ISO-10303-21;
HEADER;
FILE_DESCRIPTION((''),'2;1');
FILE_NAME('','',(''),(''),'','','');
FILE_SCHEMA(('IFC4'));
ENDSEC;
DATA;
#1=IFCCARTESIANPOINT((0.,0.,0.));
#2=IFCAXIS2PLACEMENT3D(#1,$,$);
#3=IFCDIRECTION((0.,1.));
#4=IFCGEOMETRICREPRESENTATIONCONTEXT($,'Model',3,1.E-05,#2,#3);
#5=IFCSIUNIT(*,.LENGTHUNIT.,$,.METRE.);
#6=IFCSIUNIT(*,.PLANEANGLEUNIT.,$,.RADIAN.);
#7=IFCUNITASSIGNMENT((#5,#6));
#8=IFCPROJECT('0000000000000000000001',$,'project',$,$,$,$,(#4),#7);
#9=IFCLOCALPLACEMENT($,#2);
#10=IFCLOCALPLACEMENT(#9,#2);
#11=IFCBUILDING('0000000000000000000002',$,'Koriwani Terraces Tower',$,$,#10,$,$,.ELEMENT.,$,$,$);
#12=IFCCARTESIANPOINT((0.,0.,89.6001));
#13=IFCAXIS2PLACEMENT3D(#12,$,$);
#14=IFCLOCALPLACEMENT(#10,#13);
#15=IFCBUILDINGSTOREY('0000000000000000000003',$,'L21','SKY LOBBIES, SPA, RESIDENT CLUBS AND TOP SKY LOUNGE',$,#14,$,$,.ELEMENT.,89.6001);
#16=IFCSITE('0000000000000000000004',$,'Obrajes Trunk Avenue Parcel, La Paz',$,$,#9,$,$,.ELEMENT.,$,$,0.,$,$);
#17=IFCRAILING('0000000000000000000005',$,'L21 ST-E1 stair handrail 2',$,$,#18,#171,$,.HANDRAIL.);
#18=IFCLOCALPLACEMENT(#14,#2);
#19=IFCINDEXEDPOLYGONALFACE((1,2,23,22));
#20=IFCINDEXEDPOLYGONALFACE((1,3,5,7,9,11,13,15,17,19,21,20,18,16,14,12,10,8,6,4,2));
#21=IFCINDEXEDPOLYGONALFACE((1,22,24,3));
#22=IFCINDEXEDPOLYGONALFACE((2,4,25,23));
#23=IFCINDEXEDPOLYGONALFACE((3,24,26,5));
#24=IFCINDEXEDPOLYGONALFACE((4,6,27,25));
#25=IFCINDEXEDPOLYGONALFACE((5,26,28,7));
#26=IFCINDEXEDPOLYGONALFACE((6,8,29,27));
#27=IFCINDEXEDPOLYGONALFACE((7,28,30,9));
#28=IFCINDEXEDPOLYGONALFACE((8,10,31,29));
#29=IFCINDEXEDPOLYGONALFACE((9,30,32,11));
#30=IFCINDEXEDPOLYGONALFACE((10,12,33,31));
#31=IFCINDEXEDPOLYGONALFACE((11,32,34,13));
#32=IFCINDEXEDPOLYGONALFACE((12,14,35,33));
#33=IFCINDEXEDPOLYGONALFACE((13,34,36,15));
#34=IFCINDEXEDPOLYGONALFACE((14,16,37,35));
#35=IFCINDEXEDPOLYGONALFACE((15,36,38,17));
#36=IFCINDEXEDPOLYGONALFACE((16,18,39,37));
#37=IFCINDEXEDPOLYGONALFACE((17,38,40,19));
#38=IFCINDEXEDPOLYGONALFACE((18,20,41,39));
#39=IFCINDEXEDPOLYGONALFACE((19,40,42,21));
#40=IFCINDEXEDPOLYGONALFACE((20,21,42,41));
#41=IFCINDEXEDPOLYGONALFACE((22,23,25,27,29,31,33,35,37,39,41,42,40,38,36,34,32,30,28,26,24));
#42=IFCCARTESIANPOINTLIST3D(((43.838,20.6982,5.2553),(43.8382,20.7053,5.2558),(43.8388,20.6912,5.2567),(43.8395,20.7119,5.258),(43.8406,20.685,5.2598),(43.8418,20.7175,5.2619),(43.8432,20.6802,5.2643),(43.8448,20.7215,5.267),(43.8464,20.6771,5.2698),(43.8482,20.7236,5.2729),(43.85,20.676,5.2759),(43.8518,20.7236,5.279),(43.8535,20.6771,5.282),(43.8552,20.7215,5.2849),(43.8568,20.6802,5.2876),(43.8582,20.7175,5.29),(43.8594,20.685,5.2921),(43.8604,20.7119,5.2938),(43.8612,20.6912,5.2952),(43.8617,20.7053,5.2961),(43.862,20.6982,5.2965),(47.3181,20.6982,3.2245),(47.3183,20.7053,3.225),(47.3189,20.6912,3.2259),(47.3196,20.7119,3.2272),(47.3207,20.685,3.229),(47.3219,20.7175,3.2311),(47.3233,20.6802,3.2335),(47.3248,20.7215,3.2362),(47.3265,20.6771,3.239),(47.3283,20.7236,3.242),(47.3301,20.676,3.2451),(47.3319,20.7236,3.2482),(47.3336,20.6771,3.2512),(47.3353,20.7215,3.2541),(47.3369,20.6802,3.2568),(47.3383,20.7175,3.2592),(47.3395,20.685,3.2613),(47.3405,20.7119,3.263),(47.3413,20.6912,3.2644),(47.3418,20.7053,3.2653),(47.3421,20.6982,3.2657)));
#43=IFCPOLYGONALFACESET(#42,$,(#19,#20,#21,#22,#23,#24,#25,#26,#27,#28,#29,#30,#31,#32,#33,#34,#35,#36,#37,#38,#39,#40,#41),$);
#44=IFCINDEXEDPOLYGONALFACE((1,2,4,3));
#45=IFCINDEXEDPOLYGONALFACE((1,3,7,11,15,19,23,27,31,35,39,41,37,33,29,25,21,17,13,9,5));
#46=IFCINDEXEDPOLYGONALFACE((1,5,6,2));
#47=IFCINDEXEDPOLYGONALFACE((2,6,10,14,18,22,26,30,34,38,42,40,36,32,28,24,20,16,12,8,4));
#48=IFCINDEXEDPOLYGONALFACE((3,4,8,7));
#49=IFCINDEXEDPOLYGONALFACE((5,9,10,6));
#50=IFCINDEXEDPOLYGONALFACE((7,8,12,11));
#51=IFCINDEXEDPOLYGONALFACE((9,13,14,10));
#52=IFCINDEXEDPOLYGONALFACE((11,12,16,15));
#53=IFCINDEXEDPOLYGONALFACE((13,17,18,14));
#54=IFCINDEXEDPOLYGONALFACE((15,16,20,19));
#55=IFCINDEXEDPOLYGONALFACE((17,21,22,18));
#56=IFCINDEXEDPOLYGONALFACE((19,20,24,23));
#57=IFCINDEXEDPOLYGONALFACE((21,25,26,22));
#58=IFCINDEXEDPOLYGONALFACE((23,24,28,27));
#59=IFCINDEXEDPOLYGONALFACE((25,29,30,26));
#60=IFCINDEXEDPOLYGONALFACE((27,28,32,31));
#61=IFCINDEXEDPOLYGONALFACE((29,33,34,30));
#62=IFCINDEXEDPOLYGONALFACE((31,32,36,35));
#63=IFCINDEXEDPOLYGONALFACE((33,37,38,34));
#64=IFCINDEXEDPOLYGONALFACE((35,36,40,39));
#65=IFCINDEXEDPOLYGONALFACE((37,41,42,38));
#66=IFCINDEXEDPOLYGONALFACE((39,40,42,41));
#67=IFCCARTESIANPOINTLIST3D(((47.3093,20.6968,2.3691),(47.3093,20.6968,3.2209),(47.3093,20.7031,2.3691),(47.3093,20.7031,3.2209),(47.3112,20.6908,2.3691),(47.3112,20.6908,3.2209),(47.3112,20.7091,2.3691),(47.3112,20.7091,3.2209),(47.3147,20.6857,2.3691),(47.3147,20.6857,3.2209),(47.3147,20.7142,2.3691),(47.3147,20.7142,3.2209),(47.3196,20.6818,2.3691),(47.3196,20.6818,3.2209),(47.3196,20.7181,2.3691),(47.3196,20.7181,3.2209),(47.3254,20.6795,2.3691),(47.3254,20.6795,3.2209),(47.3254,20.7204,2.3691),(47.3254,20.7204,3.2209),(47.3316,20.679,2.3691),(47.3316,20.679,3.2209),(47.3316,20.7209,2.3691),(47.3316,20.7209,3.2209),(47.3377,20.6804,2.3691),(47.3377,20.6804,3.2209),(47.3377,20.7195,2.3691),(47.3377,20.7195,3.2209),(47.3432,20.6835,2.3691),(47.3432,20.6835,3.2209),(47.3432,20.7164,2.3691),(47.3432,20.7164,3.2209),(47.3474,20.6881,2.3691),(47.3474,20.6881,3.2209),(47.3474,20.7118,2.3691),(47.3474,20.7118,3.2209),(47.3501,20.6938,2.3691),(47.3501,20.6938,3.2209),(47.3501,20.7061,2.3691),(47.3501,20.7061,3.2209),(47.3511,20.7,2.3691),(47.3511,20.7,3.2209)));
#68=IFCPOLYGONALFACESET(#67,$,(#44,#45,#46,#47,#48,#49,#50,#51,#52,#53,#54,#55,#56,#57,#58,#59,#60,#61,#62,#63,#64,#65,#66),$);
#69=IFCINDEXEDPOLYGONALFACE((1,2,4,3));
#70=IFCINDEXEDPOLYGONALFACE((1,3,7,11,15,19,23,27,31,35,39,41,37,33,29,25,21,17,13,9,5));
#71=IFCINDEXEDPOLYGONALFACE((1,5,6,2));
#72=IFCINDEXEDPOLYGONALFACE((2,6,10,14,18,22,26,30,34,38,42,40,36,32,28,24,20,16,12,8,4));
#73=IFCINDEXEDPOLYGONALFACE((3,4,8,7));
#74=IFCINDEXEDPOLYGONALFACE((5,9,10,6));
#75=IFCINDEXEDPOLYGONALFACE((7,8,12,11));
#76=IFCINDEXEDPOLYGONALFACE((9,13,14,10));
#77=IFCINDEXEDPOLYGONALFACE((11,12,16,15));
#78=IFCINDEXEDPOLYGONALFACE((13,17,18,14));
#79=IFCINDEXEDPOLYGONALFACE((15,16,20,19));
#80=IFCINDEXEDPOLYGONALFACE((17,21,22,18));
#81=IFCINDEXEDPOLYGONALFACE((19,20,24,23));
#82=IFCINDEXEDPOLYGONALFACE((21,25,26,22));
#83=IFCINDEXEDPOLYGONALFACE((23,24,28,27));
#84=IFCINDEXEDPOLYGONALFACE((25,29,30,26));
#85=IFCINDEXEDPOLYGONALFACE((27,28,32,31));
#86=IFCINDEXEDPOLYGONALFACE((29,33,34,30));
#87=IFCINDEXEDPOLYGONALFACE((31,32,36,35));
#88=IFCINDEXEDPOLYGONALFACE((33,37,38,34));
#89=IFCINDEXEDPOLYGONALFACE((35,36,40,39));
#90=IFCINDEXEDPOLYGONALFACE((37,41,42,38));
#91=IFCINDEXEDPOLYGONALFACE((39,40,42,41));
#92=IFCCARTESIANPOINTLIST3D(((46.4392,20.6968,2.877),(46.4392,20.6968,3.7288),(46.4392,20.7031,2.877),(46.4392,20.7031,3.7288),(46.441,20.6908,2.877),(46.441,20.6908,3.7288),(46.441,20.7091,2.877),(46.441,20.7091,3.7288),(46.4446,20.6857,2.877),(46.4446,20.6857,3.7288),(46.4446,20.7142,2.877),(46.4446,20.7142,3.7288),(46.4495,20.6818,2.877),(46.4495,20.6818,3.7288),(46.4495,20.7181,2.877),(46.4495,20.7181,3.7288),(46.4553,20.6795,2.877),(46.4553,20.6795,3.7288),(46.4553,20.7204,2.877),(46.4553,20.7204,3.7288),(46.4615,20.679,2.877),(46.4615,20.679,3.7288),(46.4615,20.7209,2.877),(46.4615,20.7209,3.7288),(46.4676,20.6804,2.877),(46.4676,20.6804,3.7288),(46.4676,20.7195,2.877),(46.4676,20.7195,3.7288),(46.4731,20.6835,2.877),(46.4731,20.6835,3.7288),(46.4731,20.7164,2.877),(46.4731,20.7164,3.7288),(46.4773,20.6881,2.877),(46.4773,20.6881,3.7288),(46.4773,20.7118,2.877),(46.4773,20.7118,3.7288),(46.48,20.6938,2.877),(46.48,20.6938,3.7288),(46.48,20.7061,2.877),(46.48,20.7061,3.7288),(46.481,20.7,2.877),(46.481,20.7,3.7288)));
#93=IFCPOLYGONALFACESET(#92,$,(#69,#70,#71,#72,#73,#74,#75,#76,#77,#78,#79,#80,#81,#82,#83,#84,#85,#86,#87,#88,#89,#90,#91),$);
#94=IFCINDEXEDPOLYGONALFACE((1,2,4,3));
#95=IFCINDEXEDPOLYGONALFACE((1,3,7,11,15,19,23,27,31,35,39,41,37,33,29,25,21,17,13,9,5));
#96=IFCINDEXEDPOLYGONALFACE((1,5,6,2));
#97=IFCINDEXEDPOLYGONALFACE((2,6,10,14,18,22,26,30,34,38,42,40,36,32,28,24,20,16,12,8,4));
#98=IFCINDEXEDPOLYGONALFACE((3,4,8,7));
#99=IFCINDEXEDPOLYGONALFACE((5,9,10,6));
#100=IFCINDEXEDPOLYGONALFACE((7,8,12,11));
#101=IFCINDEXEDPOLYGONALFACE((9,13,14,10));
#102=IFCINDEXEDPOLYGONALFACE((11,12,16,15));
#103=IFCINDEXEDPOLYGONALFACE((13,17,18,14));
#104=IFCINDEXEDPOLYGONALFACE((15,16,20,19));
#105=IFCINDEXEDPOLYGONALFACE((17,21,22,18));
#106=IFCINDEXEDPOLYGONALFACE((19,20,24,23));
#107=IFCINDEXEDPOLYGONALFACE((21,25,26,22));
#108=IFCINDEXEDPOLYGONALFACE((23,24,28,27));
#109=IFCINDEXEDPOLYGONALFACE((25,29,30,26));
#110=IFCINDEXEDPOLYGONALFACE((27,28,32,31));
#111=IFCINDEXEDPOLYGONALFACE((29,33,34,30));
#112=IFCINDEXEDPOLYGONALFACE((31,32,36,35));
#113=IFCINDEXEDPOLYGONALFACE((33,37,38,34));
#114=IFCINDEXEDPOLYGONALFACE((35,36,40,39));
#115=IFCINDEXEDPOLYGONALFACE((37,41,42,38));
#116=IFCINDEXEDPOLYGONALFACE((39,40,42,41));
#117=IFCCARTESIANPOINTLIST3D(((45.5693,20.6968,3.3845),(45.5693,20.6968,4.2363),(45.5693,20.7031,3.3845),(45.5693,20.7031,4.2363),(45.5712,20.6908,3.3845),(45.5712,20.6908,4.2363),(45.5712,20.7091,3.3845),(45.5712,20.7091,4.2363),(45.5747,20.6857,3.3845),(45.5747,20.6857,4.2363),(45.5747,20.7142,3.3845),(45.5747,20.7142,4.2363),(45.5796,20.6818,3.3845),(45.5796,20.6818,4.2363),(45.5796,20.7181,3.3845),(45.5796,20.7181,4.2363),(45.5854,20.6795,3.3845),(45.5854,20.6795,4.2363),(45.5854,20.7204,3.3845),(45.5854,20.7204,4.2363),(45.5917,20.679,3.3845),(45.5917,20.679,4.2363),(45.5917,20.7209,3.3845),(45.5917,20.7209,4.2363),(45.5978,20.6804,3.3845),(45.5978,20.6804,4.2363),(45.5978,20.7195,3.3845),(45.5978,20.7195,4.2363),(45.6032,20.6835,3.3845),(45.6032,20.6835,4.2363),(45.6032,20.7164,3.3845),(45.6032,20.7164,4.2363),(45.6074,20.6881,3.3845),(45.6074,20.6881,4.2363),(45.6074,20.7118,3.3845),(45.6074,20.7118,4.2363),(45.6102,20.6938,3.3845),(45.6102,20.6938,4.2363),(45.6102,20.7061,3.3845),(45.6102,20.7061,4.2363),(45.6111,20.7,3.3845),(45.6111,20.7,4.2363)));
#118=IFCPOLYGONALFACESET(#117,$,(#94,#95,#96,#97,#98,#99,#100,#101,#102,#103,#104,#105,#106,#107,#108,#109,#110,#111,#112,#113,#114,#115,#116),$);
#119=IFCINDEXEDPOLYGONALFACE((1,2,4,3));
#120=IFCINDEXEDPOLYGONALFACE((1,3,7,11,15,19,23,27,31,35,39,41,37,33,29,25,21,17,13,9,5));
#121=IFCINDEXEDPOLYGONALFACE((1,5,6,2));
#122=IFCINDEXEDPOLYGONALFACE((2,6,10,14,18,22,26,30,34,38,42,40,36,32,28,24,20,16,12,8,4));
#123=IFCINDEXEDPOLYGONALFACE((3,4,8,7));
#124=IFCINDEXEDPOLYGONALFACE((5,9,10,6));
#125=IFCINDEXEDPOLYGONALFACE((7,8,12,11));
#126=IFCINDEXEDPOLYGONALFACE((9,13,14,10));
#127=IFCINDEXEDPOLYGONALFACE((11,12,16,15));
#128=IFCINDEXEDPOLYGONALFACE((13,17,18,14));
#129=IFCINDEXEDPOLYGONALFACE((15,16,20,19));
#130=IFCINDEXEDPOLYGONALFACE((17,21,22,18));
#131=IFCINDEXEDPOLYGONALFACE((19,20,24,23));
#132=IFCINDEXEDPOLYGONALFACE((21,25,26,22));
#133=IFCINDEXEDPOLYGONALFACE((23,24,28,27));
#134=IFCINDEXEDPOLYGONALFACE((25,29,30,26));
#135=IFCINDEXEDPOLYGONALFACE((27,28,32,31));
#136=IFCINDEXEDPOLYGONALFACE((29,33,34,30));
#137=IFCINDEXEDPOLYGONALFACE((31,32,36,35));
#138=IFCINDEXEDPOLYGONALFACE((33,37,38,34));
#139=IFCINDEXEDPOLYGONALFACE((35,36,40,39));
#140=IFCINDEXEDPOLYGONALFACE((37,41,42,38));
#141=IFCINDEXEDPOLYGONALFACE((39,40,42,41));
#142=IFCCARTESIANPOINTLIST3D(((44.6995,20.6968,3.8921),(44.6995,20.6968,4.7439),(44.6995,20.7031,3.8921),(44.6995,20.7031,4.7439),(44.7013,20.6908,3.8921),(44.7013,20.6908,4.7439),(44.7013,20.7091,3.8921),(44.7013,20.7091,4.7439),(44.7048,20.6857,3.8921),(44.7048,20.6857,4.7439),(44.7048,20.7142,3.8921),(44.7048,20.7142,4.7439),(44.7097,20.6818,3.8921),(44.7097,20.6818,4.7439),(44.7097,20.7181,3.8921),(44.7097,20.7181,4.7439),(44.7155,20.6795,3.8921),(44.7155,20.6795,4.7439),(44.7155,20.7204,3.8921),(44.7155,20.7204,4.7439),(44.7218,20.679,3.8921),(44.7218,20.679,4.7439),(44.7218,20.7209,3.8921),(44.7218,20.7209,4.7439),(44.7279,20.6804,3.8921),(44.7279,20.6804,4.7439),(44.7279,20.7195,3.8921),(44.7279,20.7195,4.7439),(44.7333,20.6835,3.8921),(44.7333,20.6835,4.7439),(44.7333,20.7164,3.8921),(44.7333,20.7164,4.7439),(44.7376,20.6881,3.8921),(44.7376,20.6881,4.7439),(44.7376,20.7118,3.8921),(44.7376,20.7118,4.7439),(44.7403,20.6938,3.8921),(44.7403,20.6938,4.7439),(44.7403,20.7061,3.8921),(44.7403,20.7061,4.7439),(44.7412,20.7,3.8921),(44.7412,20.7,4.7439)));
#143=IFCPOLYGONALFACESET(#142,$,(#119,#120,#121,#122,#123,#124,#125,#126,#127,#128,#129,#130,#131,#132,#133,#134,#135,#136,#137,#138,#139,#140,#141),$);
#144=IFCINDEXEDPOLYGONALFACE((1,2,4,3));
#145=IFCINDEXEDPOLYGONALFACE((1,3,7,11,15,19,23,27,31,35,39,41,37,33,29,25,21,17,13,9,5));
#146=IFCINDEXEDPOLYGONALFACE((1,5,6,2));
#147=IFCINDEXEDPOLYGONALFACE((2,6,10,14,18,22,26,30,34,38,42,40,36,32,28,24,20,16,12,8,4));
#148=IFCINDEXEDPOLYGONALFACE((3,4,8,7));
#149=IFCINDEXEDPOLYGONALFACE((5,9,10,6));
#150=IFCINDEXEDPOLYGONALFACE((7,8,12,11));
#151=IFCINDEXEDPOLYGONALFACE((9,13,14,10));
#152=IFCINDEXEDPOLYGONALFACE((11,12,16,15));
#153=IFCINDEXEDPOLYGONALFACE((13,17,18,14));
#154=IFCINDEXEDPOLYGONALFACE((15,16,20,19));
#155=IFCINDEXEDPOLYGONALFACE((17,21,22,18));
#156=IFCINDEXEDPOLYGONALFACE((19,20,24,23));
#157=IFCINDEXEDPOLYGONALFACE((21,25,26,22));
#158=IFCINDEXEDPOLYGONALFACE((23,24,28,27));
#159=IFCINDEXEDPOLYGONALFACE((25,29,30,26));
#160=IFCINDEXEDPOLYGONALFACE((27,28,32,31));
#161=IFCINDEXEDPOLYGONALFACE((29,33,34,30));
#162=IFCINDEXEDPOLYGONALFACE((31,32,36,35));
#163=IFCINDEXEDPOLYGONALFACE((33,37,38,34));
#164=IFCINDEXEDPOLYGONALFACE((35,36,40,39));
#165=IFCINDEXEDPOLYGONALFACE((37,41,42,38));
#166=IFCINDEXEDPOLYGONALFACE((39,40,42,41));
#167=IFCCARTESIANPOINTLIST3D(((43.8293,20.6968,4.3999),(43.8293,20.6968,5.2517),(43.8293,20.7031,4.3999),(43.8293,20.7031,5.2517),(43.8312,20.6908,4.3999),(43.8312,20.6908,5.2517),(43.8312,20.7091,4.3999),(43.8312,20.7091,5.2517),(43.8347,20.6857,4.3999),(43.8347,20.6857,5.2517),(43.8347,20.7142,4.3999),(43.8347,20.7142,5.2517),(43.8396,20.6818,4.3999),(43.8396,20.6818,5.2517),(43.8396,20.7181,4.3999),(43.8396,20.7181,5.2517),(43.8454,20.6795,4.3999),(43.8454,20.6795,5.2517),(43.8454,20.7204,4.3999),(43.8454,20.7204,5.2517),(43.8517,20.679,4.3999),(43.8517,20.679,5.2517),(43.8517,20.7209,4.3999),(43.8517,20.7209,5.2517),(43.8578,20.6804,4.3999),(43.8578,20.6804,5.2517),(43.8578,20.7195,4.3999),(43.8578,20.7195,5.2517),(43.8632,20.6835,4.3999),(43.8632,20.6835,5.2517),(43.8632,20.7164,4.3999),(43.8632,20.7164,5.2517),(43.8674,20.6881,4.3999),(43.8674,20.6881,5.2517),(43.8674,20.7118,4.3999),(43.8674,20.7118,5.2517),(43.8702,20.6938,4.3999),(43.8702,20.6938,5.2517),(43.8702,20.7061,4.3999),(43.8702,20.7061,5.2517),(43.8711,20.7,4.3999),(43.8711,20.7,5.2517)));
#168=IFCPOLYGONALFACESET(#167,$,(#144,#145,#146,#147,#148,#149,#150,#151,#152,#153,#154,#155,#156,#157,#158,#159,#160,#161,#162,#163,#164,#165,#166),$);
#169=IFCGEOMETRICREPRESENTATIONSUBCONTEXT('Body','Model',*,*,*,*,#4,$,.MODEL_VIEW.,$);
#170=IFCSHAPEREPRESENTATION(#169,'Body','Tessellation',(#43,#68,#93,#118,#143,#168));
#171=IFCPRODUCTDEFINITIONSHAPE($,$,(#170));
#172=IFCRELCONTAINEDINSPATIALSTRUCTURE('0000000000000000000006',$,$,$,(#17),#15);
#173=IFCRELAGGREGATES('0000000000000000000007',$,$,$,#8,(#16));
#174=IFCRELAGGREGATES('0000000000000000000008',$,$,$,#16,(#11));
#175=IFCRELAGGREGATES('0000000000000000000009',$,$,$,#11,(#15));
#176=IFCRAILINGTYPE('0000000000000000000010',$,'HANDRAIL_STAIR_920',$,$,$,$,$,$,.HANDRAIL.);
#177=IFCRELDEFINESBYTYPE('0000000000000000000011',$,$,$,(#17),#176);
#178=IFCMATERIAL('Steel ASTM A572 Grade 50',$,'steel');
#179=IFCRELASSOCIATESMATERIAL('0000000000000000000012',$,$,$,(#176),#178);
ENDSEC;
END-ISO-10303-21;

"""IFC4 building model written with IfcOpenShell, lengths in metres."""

from ifc_helpers import new_model, si_unit, direction, frame, origin, origin_2d, place, context, subcontext, project, spatial, circle, extrude, material, type_object, element, save


model = new_model("IFC4")

# Units and contexts
model_context = context("Model", 3, precision=1e-05, world=origin(), true_north=direction((0.0, 1.0)))
body_context = subcontext(model_context, "Body", "Model", "MODEL_VIEW")
ifc_project = project(units=[si_unit("LENGTHUNIT", "METRE"), si_unit("PLANEANGLEUNIT", "RADIAN")], contexts=[model_context])

# Site, building, storey
site_placement = place(None, origin())
site = spatial("IfcSite", under=ifc_project, at=site_placement, Name="Obrajes Trunk Avenue Parcel, La Paz", CompositionType="ELEMENT", RefElevation=0.0)
building_placement = place(site_placement, origin())
building = spatial("IfcBuilding", under=site, at=building_placement, Name="Koriwani Terraces Tower", CompositionType="ELEMENT")
storey_placement = place(building_placement, frame((0.0, 0.0, 89.6001)))
storey = spatial("IfcBuildingStorey", under=building, at=storey_placement, Name="L21", Description="SKY LOBBIES, SPA, RESIDENT CLUBS AND TOP SKY LOUNGE", CompositionType="ELEMENT", Elevation=89.6001)

# Shared definitions
ifc_material_1 = material(Name="Steel ASTM A572 Grade 50", Category="steel")

# Railing
railing_type_1 = type_object("IfcRailingType", Name="HANDRAIL_STAIR_920", PredefinedType="HANDRAIL", material=ifc_material_1)
railing_1_placement = place(storey_placement, frame((47.3301, 20.7, 2.3691)))
element("IfcRailing", 1, at=railing_1_placement, inside=storey, type_object=railing_type_1, Name="L21 ST-E1 stair handrail 2", PredefinedType="HANDRAIL", context=body_context, shape_type="SweptSolid", body=[
    extrude(circle(Radius=0.0239, at=origin_2d()), frame((0.0, 0.0, 0.876), z_axis=(-0.863695, 0.0, 0.504014), x_axis=(0.0, -1.0, 0.0)), (0.0, 0.0, 1.0), 4.0293),
    extrude(circle(Radius=0.021, at=origin_2d()), origin(), (0.0, 0.0, 1.0), 0.8518),
    extrude(circle(Radius=0.021, at=origin_2d()), frame((-0.8701, 0.0, 0.5078)), (0.0, 0.0, 1.0), 0.8518),
    extrude(circle(Radius=0.021, at=origin_2d()), frame((-1.74, 0.0, 1.0154)), (0.0, 0.0, 1.0), 0.8518),
    extrude(circle(Radius=0.021, at=origin_2d()), frame((-2.6099, 0.0, 1.5229)), (0.0, 0.0, 1.0), 0.8518),
    extrude(circle(Radius=0.021, at=origin_2d()), frame((-3.48, 0.0, 2.0308)), (0.0, 0.0, 1.0), 0.8518),
])

save(model, "model.ifc")
